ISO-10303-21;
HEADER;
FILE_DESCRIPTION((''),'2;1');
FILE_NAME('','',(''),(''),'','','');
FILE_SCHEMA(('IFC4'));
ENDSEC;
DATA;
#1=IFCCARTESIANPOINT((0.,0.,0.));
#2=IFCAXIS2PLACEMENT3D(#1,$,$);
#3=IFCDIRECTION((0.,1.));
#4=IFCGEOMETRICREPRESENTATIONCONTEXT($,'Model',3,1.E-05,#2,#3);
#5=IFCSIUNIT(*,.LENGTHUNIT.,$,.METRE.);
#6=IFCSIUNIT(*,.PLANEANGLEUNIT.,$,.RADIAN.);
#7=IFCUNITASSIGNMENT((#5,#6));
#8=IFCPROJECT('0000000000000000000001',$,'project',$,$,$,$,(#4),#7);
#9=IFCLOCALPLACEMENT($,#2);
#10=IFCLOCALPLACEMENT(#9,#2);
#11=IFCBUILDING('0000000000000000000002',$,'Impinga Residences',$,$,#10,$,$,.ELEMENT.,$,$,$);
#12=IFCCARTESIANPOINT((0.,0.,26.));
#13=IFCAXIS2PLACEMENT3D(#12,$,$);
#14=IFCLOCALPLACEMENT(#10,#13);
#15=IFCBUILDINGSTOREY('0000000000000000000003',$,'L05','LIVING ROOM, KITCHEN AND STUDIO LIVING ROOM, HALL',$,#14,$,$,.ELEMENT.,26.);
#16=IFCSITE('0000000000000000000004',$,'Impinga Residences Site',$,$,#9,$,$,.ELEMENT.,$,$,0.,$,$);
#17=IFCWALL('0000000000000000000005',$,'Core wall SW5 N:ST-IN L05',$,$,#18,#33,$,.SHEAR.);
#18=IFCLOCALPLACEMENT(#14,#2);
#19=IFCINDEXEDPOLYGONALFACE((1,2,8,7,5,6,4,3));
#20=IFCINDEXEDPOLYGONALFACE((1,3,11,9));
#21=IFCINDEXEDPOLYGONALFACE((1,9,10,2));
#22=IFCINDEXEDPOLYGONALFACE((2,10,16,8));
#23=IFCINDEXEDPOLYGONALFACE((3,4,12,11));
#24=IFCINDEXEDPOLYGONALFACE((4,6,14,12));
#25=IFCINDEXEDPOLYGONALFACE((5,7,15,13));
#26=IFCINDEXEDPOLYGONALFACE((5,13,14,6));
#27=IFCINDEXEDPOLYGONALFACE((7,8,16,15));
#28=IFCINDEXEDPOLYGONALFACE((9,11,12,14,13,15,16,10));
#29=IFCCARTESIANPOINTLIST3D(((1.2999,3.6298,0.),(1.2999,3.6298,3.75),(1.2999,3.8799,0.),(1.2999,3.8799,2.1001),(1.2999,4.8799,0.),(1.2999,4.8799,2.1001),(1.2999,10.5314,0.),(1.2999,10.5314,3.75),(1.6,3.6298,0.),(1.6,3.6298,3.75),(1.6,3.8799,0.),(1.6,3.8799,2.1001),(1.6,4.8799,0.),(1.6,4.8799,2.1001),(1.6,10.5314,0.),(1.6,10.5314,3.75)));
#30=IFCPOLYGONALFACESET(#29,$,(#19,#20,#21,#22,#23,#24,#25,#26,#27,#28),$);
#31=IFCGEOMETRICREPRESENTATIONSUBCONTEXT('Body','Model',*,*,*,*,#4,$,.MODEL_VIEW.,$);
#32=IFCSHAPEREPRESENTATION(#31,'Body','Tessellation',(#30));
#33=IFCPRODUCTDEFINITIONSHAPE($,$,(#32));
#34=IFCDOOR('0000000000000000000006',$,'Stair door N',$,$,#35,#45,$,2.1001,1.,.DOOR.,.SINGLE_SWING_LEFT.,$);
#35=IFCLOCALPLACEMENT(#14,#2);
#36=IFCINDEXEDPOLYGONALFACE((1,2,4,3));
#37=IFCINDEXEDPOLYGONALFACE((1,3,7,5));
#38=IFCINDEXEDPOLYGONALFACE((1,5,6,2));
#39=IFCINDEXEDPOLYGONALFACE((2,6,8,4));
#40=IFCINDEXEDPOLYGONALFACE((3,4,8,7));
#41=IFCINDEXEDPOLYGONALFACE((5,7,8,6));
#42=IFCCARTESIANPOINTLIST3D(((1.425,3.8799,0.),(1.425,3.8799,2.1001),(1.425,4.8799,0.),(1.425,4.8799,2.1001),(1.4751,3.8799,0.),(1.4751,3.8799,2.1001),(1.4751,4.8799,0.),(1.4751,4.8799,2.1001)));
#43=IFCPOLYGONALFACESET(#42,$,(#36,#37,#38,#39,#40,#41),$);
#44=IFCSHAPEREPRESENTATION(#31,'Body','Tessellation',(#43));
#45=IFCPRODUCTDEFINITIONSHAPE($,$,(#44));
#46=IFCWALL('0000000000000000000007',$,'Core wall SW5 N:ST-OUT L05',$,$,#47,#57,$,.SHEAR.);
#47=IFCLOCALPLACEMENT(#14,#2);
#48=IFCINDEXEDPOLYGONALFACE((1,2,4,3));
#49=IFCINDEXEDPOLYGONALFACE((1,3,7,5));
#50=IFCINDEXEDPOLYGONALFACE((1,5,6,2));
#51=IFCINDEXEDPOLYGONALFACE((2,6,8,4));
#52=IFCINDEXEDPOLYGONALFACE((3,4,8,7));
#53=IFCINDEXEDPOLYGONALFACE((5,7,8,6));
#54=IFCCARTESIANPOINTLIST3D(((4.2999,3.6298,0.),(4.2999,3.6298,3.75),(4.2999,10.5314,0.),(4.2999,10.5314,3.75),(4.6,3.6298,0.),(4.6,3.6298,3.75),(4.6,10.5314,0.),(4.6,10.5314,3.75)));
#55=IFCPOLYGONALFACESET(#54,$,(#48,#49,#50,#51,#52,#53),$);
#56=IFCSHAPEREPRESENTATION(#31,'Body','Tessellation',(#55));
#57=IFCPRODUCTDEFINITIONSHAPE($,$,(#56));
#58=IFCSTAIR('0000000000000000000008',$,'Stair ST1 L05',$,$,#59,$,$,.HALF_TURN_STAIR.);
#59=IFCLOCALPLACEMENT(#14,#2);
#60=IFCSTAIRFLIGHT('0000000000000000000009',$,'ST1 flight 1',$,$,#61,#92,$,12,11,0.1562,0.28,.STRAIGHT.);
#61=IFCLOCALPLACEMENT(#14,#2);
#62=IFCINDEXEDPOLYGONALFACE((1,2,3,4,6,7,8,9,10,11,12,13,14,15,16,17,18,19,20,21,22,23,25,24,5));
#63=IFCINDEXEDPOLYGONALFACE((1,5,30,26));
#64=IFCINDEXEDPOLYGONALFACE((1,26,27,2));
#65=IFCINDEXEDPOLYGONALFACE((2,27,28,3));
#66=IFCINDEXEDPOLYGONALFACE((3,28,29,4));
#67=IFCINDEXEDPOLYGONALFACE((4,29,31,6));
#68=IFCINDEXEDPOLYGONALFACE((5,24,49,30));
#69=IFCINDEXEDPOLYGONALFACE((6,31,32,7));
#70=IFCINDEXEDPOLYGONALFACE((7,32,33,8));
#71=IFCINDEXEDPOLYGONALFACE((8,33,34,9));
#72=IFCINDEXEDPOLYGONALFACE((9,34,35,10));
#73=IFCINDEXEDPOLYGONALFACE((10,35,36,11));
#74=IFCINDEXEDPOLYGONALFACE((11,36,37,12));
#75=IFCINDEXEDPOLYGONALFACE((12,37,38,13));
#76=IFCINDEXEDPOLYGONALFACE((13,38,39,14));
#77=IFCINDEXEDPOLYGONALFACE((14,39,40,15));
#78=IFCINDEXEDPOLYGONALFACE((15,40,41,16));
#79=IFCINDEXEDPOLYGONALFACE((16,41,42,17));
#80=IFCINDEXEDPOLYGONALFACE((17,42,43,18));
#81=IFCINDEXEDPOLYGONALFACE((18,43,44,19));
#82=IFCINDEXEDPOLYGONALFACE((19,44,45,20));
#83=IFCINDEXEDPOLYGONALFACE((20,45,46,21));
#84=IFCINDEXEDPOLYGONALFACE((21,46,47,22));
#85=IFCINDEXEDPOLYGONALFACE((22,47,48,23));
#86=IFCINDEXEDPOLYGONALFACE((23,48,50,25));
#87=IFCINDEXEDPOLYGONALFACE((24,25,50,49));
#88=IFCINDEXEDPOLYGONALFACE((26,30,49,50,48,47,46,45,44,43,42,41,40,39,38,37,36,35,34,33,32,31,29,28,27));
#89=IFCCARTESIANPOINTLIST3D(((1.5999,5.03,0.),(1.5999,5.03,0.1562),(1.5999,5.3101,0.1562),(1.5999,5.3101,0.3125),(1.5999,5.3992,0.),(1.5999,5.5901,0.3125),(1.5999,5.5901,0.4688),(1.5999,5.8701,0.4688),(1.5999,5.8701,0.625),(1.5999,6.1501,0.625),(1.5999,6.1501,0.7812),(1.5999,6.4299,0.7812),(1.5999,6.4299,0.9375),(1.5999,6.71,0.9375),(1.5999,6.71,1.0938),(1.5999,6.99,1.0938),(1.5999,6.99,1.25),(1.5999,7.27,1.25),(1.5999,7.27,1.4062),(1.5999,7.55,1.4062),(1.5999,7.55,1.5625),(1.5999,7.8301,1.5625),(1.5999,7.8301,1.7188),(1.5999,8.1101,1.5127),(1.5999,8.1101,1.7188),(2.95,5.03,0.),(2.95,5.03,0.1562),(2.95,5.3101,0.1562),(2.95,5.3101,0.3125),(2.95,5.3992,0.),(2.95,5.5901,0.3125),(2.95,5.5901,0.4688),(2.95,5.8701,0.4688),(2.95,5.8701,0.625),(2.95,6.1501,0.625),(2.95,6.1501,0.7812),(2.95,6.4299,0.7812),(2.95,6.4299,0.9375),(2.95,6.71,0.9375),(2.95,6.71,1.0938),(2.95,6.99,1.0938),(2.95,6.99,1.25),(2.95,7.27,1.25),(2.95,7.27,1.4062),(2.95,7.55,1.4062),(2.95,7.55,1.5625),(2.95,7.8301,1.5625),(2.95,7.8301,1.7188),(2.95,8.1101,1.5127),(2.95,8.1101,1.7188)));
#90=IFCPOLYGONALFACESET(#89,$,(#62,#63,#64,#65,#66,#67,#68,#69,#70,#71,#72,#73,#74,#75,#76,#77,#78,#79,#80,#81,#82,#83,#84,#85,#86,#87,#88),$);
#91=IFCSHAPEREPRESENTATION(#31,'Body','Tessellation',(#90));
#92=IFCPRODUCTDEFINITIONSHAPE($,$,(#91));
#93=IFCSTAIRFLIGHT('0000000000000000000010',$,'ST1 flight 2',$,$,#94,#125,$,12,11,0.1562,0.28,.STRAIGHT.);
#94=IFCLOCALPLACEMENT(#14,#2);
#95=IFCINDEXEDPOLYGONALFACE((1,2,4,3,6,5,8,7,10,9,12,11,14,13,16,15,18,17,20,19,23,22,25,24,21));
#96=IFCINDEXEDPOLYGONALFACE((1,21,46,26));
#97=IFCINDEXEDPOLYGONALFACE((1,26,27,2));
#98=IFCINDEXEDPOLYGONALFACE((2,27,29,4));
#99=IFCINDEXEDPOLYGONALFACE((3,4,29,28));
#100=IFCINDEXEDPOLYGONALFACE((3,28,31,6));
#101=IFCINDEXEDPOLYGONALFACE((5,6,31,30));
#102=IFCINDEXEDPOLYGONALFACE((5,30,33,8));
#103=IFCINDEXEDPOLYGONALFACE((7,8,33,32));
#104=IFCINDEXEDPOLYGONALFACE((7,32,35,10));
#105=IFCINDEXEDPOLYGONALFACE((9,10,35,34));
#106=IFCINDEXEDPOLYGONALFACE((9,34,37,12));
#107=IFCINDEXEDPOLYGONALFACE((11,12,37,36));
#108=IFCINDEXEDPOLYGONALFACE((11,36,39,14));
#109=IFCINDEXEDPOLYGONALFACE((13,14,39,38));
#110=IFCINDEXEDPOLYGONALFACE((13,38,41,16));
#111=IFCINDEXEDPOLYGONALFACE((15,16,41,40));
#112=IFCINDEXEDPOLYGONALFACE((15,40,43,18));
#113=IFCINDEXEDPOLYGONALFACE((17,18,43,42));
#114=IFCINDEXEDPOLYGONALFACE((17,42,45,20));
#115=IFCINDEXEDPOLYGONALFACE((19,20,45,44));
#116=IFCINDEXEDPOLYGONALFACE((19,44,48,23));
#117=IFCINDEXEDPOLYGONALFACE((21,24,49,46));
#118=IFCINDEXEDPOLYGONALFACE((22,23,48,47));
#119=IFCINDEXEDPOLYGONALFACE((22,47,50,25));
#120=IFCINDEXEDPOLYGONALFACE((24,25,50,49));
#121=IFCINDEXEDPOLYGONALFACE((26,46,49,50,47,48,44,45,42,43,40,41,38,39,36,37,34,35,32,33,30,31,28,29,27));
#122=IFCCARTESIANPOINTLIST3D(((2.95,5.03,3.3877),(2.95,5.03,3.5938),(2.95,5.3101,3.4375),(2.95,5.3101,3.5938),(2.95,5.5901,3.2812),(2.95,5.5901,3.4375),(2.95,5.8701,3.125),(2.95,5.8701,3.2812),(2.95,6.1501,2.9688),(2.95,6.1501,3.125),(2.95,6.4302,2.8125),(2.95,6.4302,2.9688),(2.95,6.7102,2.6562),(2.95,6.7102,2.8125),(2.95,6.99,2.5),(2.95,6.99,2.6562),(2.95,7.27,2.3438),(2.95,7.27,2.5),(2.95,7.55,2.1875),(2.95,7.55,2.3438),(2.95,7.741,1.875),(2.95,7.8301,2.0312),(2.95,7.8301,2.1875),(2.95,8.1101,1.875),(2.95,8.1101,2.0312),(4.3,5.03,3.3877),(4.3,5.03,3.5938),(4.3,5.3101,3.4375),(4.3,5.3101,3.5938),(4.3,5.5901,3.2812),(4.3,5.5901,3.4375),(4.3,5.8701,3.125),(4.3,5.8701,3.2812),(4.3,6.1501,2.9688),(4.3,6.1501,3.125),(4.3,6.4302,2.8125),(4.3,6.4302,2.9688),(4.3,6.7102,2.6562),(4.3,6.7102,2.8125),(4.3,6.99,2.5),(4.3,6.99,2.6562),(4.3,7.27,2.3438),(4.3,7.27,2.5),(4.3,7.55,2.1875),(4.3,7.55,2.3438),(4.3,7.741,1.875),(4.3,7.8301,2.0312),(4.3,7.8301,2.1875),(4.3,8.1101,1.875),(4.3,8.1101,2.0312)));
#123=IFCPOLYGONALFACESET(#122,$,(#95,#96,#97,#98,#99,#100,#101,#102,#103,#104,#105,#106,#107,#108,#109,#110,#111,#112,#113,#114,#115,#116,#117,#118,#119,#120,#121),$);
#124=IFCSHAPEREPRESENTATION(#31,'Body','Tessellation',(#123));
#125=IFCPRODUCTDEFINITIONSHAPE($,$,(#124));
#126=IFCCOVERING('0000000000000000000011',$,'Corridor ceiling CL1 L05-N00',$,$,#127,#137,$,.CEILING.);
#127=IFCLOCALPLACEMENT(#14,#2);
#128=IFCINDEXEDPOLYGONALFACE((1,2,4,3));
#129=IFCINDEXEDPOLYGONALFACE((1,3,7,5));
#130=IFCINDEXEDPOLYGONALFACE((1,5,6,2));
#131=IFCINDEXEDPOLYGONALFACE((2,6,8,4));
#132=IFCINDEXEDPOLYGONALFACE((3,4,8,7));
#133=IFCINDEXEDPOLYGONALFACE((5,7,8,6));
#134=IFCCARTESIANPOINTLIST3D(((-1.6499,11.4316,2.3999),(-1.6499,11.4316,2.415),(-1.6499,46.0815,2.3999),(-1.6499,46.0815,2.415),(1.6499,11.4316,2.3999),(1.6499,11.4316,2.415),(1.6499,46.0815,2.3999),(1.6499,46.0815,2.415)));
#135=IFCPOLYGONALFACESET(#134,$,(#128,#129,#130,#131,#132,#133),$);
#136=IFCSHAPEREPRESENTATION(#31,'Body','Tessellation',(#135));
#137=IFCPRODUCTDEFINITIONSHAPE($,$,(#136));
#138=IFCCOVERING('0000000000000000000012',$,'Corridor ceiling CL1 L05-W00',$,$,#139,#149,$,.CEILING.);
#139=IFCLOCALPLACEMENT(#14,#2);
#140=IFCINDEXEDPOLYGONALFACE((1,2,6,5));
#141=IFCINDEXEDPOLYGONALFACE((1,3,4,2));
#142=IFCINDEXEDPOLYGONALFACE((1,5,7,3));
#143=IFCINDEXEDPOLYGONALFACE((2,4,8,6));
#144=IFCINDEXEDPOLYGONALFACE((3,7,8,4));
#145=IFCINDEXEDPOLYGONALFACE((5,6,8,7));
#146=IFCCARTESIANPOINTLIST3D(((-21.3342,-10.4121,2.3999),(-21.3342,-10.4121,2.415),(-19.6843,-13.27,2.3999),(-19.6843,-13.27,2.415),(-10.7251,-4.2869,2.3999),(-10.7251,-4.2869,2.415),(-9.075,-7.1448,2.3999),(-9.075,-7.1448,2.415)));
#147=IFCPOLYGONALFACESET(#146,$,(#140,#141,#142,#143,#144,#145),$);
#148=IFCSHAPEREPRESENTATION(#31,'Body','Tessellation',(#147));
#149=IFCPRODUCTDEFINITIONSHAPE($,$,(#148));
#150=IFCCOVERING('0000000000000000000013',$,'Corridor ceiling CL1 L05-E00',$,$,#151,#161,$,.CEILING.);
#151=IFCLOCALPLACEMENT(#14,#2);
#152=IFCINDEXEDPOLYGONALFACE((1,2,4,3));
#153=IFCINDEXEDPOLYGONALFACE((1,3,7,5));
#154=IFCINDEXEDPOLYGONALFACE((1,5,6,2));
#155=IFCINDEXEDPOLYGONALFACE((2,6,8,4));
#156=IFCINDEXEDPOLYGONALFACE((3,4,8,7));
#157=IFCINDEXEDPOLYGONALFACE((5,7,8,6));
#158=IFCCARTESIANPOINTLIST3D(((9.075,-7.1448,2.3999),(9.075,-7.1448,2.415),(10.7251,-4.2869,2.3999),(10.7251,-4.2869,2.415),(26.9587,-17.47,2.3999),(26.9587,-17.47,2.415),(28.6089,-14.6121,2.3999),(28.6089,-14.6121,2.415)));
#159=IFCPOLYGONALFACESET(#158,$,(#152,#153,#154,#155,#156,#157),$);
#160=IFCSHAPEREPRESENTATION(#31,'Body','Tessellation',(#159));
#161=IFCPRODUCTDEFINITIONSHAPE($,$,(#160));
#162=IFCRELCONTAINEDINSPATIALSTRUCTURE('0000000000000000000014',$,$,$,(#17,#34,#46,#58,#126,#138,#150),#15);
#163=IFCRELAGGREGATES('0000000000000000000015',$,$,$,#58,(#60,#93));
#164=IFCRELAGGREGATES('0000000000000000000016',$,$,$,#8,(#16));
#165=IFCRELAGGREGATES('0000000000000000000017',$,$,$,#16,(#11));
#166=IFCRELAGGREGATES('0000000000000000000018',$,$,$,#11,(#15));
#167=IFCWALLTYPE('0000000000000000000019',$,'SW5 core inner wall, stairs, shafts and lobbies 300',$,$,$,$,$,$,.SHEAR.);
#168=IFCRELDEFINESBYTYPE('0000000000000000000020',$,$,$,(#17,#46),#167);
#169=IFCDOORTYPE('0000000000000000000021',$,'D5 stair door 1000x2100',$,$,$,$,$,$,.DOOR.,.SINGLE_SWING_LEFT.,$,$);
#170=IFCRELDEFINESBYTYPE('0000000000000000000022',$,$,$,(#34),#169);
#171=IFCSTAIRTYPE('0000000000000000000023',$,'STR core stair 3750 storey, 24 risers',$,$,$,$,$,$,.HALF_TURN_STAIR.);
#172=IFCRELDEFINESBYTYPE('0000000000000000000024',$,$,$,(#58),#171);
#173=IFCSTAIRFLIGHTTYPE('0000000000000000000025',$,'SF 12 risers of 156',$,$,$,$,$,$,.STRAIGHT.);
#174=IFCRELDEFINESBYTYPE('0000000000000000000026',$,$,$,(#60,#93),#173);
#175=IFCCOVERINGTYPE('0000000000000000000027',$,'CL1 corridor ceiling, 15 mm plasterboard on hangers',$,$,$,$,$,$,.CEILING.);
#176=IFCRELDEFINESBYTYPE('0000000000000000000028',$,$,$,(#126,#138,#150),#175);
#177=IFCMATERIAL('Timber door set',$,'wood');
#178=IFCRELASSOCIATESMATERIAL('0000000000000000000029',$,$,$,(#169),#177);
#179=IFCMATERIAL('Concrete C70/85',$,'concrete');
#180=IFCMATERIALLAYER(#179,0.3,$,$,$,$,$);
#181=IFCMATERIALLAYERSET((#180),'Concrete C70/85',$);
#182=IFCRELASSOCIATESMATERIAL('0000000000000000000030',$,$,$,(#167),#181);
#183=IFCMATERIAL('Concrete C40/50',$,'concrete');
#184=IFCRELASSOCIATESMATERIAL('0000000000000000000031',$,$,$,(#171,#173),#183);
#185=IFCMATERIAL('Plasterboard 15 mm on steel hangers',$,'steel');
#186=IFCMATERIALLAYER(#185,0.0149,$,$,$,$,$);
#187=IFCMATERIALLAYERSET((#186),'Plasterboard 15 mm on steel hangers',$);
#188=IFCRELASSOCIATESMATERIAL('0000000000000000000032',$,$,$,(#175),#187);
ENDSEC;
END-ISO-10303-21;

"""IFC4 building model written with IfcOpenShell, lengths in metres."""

from ifc_helpers import new_model, si_unit, direction, frame, frame_2d, origin, place, context, subcontext, project, spatial, polyline, rectangle, outline, extrude, material, layer, layer_set, type_object, element, fill, aggregate, save


model = new_model("IFC4")

# Units and contexts
model_context = context("Model", 3, precision=1e-05, world=origin(), true_north=direction((0.0, 1.0)))
body_context = subcontext(model_context, "Body", "Model", "MODEL_VIEW")
ifc_project = project(units=[si_unit("LENGTHUNIT", "METRE"), si_unit("PLANEANGLEUNIT", "RADIAN")], contexts=[model_context])

# Site, building, storey
site_placement = place(None, origin())
site = spatial("IfcSite", under=ifc_project, at=site_placement, Name="Impinga Residences Site", CompositionType="ELEMENT", RefElevation=0.0)
building_placement = place(site_placement, origin())
building = spatial("IfcBuilding", under=site, at=building_placement, Name="Impinga Residences", CompositionType="ELEMENT")
storey_placement = place(building_placement, frame((0.0, 0.0, 26.0)))
storey = spatial("IfcBuildingStorey", under=building, at=storey_placement, Name="L05", Description="LIVING ROOM, KITCHEN AND STUDIO LIVING ROOM, HALL", CompositionType="ELEMENT", Elevation=26.0)

# Shared definitions
ifc_material_1 = material(Name="Concrete C40/50", Category="concrete")

# Shared definitions
ifc_material_2 = material(Name="Concrete C70/85", Category="concrete")
ifc_material_3 = material(Name="Timber door set", Category="wood")
door_type_1 = type_object("IfcDoorType", Name="D5 stair door 1000x2100", OperationType="SINGLE_SWING_LEFT", PredefinedType="DOOR", material=ifc_material_3)

# Wall, opening, door
ifc_layer_1 = layer(ifc_material_2, 0.3)
ifc_layer_set_1 = layer_set([ifc_layer_1], Name="Concrete C70/85")
wall_type_1 = type_object("IfcWallType", Name="SW5 core inner wall, stairs, shafts and lobbies 300", PredefinedType="SHEAR", material=ifc_layer_set_1)
wall_1_placement = place(storey_placement, frame((1.45, 3.6299, 0.0), z_axis=(0.0, 0.0, 1.0), x_axis=(0.0, 1.0, 0.0)))
wall_1 = element("IfcWall", 1, at=wall_1_placement, inside=storey, type_object=wall_type_1, Name="Core wall SW5 N:ST-IN L05", PredefinedType="SHEAR", context=body_context, shape_type="SweptSolid", body=[
    extrude(rectangle(XDim=6.9016, YDim=0.3, at=frame_2d((3.4507, 0.0))), origin(), (0.0, 0.0, 1.0), 3.75),
])
opening_1_placement = place(wall_1_placement, frame((0.25, 0.0, 0.0)))
opening_1 = element("IfcOpeningElement", 2, at=opening_1_placement, cuts=wall_1, PredefinedType="OPENING", context=body_context, shape_type="SweptSolid", body=[
    extrude(rectangle(XDim=1.0, YDim=2.1001, at=frame_2d((0.5, 1.05))), frame((0.0, 0.1599, 0.0), z_axis=(0.0, -1.0, 0.0), x_axis=(1.0, 0.0, 0.0)), (0.0, 0.0, 1.0), 0.3201),
])
door_1_placement = place(opening_1_placement, origin())
door_1 = element("IfcDoor", 3, at=door_1_placement, inside=storey, type_object=door_type_1, Name="Stair door N", OperationType="SINGLE_SWING_LEFT", OverallHeight=2.1001, OverallWidth=1.0, PredefinedType="DOOR", context=body_context, shape_type="SweptSolid", body=[
    extrude(rectangle(XDim=1.0, YDim=2.1001, at=frame_2d((0.5, 1.05))), frame((0.0, 0.0249, 0.0), z_axis=(0.0, -1.0, 0.0), x_axis=(1.0, 0.0, 0.0)), (0.0, 0.0, 1.0), 0.05),
])
fill(opening_1, door_1)

# Wall
wall_2_placement = place(storey_placement, frame((4.45, 3.6299, 0.0), z_axis=(0.0, 0.0, 1.0), x_axis=(0.0, 1.0, 0.0)))
element("IfcWall", 4, at=wall_2_placement, inside=storey, type_object=wall_type_1, Name="Core wall SW5 N:ST-OUT L05", PredefinedType="SHEAR", context=body_context, shape_type="SweptSolid", body=[
    extrude(rectangle(XDim=6.9016, YDim=0.3, at=frame_2d((3.4507, 0.0))), origin(), (0.0, 0.0, 1.0), 3.75),
])

# Stair, stair flights
stair_type_1 = type_object("IfcStairType", Name="STR core stair 3750 storey, 24 risers", PredefinedType="HALF_TURN_STAIR", material=ifc_material_1)
stair_1_placement = place(storey_placement, origin())
stair_1 = element("IfcStair", 5, at=stair_1_placement, inside=storey, type_object=stair_type_1, Name="Stair ST1 L05", PredefinedType="HALF_TURN_STAIR")
stair_flight_type = type_object("IfcStairFlightType", Name="SF 12 risers of 156", PredefinedType="STRAIGHT", material=ifc_material_1)
stair_flight_1_placement = place(storey_placement, frame((2.2749, 5.03, 0.0), z_axis=(0.0, 0.0, 1.0), x_axis=(0.0, 1.0, 0.0)))
stair_flight_1 = element("IfcStairFlight", 6, at=stair_flight_1_placement, type_object=stair_flight_type, Name="ST1 flight 1", NumberOfRisers=12, NumberOfTreads=11, PredefinedType="STRAIGHT", RiserHeight=0.1562, TreadLength=0.28, context=body_context, shape_type="SweptSolid", body=[
    extrude(outline(polyline([(0.0, 0.0), (0.0, 0.1562), (0.28, 0.1562), (0.28, 0.3125), (0.5601, 0.3125), (0.5601, 0.4688), (0.8401, 0.4688), (0.8401, 0.625), (1.1201, 0.625), (1.1201, 0.7812), (1.3999, 0.7812), (1.3999, 0.9375), (1.6799, 0.9375), (1.6799, 1.0938), (1.96, 1.0938), (1.96, 1.25), (2.24, 1.25), (2.24, 1.4062), (2.52, 1.4062), (2.52, 1.5625), (2.8, 1.5625), (2.8, 1.7188), (3.0801, 1.7188), (3.0801, 1.875), (3.0801, 1.5127), (0.3691, 0.0), (0.0, 0.0)])), frame((0.0, 0.675, 0.0), z_axis=(0.0, -1.0, 0.0), x_axis=(1.0, 0.0, 0.0)), (0.0, 0.0, 1.0), 1.3501),
])
stair_flight_2_placement = place(storey_placement, frame((3.625, 8.1101, 1.875), z_axis=(0.0, 0.0, 1.0), x_axis=(0.0, -1.0, 0.0)))
stair_flight_2 = element("IfcStairFlight", 7, at=stair_flight_2_placement, type_object=stair_flight_type, Name="ST1 flight 2", NumberOfRisers=12, NumberOfTreads=11, PredefinedType="STRAIGHT", RiserHeight=0.1562, TreadLength=0.28, context=body_context, shape_type="SweptSolid", body=[
    extrude(outline(polyline([(0.0, 0.0), (0.0, 0.1562), (0.28, 0.1562), (0.28, 0.3125), (0.5601, 0.3125), (0.5601, 0.4688), (0.8401, 0.4688), (0.8401, 0.625), (1.1201, 0.625), (1.1201, 0.7812), (1.3999, 0.7812), (1.3999, 0.9375), (1.6799, 0.9375), (1.6799, 1.0938), (1.96, 1.0938), (1.96, 1.25), (2.24, 1.25), (2.24, 1.4062), (2.52, 1.4062), (2.52, 1.5625), (2.8, 1.5625), (2.8, 1.7188), (3.0801, 1.7188), (3.0801, 1.875), (3.0801, 1.5127), (0.3691, 0.0), (0.0, 0.0)])), frame((0.0, 0.675, 0.0), z_axis=(0.0, -1.0, 0.0), x_axis=(1.0, 0.0, 0.0)), (0.0, 0.0, 1.0), 1.3501),
])
aggregate(stair_1, [stair_flight_1, stair_flight_2])

# Coverings
ifc_material_4 = material(Name="Plasterboard 15 mm on steel hangers", Category="steel")
ifc_layer_2 = layer(ifc_material_4, 0.0149)
ifc_layer_set_2 = layer_set([ifc_layer_2], Name="Plasterboard 15 mm on steel hangers")
covering_type_1 = type_object("IfcCoveringType", Name="CL1 corridor ceiling, 15 mm plasterboard on hangers", PredefinedType="CEILING", material=ifc_layer_set_2)
covering_1_placement = place(storey_placement, frame((0.0, 0.0, 2.3999)))
element("IfcCovering", 8, at=covering_1_placement, inside=storey, type_object=covering_type_1, Name="Corridor ceiling CL1 L05-N00", PredefinedType="CEILING", context=body_context, shape_type="SweptSolid", body=[
    extrude(outline(polyline([(1.6499, 11.4316), (-1.6499, 11.4316), (-1.6499, 46.0815), (1.6499, 46.0815), (1.6499, 11.4316)])), origin(), (0.0, 0.0, 1.0), 0.0151),
])
covering_2_placement = place(storey_placement, frame((0.0, 0.0, 2.3999)))
element("IfcCovering", 9, at=covering_2_placement, inside=storey, type_object=covering_type_1, Name="Corridor ceiling CL1 L05-W00", PredefinedType="CEILING", context=body_context, shape_type="SweptSolid", body=[
    extrude(outline(polyline([(-10.7251, -4.2869), (-9.075, -7.1448), (-19.6843, -13.27), (-21.3342, -10.4121), (-10.7251, -4.2869)])), origin(), (0.0, 0.0, 1.0), 0.0151),
])
covering_3_placement = place(storey_placement, frame((0.0, 0.0, 2.3999)))
element("IfcCovering", 10, at=covering_3_placement, inside=storey, type_object=covering_type_1, Name="Corridor ceiling CL1 L05-E00", PredefinedType="CEILING", context=body_context, shape_type="SweptSolid", body=[
    extrude(outline(polyline([(9.075, -7.1448), (10.7251, -4.2869), (28.6089, -14.6121), (26.9587, -17.47), (9.075, -7.1448)])), origin(), (0.0, 0.0, 1.0), 0.0151),
])

save(model, "model.ifc")
